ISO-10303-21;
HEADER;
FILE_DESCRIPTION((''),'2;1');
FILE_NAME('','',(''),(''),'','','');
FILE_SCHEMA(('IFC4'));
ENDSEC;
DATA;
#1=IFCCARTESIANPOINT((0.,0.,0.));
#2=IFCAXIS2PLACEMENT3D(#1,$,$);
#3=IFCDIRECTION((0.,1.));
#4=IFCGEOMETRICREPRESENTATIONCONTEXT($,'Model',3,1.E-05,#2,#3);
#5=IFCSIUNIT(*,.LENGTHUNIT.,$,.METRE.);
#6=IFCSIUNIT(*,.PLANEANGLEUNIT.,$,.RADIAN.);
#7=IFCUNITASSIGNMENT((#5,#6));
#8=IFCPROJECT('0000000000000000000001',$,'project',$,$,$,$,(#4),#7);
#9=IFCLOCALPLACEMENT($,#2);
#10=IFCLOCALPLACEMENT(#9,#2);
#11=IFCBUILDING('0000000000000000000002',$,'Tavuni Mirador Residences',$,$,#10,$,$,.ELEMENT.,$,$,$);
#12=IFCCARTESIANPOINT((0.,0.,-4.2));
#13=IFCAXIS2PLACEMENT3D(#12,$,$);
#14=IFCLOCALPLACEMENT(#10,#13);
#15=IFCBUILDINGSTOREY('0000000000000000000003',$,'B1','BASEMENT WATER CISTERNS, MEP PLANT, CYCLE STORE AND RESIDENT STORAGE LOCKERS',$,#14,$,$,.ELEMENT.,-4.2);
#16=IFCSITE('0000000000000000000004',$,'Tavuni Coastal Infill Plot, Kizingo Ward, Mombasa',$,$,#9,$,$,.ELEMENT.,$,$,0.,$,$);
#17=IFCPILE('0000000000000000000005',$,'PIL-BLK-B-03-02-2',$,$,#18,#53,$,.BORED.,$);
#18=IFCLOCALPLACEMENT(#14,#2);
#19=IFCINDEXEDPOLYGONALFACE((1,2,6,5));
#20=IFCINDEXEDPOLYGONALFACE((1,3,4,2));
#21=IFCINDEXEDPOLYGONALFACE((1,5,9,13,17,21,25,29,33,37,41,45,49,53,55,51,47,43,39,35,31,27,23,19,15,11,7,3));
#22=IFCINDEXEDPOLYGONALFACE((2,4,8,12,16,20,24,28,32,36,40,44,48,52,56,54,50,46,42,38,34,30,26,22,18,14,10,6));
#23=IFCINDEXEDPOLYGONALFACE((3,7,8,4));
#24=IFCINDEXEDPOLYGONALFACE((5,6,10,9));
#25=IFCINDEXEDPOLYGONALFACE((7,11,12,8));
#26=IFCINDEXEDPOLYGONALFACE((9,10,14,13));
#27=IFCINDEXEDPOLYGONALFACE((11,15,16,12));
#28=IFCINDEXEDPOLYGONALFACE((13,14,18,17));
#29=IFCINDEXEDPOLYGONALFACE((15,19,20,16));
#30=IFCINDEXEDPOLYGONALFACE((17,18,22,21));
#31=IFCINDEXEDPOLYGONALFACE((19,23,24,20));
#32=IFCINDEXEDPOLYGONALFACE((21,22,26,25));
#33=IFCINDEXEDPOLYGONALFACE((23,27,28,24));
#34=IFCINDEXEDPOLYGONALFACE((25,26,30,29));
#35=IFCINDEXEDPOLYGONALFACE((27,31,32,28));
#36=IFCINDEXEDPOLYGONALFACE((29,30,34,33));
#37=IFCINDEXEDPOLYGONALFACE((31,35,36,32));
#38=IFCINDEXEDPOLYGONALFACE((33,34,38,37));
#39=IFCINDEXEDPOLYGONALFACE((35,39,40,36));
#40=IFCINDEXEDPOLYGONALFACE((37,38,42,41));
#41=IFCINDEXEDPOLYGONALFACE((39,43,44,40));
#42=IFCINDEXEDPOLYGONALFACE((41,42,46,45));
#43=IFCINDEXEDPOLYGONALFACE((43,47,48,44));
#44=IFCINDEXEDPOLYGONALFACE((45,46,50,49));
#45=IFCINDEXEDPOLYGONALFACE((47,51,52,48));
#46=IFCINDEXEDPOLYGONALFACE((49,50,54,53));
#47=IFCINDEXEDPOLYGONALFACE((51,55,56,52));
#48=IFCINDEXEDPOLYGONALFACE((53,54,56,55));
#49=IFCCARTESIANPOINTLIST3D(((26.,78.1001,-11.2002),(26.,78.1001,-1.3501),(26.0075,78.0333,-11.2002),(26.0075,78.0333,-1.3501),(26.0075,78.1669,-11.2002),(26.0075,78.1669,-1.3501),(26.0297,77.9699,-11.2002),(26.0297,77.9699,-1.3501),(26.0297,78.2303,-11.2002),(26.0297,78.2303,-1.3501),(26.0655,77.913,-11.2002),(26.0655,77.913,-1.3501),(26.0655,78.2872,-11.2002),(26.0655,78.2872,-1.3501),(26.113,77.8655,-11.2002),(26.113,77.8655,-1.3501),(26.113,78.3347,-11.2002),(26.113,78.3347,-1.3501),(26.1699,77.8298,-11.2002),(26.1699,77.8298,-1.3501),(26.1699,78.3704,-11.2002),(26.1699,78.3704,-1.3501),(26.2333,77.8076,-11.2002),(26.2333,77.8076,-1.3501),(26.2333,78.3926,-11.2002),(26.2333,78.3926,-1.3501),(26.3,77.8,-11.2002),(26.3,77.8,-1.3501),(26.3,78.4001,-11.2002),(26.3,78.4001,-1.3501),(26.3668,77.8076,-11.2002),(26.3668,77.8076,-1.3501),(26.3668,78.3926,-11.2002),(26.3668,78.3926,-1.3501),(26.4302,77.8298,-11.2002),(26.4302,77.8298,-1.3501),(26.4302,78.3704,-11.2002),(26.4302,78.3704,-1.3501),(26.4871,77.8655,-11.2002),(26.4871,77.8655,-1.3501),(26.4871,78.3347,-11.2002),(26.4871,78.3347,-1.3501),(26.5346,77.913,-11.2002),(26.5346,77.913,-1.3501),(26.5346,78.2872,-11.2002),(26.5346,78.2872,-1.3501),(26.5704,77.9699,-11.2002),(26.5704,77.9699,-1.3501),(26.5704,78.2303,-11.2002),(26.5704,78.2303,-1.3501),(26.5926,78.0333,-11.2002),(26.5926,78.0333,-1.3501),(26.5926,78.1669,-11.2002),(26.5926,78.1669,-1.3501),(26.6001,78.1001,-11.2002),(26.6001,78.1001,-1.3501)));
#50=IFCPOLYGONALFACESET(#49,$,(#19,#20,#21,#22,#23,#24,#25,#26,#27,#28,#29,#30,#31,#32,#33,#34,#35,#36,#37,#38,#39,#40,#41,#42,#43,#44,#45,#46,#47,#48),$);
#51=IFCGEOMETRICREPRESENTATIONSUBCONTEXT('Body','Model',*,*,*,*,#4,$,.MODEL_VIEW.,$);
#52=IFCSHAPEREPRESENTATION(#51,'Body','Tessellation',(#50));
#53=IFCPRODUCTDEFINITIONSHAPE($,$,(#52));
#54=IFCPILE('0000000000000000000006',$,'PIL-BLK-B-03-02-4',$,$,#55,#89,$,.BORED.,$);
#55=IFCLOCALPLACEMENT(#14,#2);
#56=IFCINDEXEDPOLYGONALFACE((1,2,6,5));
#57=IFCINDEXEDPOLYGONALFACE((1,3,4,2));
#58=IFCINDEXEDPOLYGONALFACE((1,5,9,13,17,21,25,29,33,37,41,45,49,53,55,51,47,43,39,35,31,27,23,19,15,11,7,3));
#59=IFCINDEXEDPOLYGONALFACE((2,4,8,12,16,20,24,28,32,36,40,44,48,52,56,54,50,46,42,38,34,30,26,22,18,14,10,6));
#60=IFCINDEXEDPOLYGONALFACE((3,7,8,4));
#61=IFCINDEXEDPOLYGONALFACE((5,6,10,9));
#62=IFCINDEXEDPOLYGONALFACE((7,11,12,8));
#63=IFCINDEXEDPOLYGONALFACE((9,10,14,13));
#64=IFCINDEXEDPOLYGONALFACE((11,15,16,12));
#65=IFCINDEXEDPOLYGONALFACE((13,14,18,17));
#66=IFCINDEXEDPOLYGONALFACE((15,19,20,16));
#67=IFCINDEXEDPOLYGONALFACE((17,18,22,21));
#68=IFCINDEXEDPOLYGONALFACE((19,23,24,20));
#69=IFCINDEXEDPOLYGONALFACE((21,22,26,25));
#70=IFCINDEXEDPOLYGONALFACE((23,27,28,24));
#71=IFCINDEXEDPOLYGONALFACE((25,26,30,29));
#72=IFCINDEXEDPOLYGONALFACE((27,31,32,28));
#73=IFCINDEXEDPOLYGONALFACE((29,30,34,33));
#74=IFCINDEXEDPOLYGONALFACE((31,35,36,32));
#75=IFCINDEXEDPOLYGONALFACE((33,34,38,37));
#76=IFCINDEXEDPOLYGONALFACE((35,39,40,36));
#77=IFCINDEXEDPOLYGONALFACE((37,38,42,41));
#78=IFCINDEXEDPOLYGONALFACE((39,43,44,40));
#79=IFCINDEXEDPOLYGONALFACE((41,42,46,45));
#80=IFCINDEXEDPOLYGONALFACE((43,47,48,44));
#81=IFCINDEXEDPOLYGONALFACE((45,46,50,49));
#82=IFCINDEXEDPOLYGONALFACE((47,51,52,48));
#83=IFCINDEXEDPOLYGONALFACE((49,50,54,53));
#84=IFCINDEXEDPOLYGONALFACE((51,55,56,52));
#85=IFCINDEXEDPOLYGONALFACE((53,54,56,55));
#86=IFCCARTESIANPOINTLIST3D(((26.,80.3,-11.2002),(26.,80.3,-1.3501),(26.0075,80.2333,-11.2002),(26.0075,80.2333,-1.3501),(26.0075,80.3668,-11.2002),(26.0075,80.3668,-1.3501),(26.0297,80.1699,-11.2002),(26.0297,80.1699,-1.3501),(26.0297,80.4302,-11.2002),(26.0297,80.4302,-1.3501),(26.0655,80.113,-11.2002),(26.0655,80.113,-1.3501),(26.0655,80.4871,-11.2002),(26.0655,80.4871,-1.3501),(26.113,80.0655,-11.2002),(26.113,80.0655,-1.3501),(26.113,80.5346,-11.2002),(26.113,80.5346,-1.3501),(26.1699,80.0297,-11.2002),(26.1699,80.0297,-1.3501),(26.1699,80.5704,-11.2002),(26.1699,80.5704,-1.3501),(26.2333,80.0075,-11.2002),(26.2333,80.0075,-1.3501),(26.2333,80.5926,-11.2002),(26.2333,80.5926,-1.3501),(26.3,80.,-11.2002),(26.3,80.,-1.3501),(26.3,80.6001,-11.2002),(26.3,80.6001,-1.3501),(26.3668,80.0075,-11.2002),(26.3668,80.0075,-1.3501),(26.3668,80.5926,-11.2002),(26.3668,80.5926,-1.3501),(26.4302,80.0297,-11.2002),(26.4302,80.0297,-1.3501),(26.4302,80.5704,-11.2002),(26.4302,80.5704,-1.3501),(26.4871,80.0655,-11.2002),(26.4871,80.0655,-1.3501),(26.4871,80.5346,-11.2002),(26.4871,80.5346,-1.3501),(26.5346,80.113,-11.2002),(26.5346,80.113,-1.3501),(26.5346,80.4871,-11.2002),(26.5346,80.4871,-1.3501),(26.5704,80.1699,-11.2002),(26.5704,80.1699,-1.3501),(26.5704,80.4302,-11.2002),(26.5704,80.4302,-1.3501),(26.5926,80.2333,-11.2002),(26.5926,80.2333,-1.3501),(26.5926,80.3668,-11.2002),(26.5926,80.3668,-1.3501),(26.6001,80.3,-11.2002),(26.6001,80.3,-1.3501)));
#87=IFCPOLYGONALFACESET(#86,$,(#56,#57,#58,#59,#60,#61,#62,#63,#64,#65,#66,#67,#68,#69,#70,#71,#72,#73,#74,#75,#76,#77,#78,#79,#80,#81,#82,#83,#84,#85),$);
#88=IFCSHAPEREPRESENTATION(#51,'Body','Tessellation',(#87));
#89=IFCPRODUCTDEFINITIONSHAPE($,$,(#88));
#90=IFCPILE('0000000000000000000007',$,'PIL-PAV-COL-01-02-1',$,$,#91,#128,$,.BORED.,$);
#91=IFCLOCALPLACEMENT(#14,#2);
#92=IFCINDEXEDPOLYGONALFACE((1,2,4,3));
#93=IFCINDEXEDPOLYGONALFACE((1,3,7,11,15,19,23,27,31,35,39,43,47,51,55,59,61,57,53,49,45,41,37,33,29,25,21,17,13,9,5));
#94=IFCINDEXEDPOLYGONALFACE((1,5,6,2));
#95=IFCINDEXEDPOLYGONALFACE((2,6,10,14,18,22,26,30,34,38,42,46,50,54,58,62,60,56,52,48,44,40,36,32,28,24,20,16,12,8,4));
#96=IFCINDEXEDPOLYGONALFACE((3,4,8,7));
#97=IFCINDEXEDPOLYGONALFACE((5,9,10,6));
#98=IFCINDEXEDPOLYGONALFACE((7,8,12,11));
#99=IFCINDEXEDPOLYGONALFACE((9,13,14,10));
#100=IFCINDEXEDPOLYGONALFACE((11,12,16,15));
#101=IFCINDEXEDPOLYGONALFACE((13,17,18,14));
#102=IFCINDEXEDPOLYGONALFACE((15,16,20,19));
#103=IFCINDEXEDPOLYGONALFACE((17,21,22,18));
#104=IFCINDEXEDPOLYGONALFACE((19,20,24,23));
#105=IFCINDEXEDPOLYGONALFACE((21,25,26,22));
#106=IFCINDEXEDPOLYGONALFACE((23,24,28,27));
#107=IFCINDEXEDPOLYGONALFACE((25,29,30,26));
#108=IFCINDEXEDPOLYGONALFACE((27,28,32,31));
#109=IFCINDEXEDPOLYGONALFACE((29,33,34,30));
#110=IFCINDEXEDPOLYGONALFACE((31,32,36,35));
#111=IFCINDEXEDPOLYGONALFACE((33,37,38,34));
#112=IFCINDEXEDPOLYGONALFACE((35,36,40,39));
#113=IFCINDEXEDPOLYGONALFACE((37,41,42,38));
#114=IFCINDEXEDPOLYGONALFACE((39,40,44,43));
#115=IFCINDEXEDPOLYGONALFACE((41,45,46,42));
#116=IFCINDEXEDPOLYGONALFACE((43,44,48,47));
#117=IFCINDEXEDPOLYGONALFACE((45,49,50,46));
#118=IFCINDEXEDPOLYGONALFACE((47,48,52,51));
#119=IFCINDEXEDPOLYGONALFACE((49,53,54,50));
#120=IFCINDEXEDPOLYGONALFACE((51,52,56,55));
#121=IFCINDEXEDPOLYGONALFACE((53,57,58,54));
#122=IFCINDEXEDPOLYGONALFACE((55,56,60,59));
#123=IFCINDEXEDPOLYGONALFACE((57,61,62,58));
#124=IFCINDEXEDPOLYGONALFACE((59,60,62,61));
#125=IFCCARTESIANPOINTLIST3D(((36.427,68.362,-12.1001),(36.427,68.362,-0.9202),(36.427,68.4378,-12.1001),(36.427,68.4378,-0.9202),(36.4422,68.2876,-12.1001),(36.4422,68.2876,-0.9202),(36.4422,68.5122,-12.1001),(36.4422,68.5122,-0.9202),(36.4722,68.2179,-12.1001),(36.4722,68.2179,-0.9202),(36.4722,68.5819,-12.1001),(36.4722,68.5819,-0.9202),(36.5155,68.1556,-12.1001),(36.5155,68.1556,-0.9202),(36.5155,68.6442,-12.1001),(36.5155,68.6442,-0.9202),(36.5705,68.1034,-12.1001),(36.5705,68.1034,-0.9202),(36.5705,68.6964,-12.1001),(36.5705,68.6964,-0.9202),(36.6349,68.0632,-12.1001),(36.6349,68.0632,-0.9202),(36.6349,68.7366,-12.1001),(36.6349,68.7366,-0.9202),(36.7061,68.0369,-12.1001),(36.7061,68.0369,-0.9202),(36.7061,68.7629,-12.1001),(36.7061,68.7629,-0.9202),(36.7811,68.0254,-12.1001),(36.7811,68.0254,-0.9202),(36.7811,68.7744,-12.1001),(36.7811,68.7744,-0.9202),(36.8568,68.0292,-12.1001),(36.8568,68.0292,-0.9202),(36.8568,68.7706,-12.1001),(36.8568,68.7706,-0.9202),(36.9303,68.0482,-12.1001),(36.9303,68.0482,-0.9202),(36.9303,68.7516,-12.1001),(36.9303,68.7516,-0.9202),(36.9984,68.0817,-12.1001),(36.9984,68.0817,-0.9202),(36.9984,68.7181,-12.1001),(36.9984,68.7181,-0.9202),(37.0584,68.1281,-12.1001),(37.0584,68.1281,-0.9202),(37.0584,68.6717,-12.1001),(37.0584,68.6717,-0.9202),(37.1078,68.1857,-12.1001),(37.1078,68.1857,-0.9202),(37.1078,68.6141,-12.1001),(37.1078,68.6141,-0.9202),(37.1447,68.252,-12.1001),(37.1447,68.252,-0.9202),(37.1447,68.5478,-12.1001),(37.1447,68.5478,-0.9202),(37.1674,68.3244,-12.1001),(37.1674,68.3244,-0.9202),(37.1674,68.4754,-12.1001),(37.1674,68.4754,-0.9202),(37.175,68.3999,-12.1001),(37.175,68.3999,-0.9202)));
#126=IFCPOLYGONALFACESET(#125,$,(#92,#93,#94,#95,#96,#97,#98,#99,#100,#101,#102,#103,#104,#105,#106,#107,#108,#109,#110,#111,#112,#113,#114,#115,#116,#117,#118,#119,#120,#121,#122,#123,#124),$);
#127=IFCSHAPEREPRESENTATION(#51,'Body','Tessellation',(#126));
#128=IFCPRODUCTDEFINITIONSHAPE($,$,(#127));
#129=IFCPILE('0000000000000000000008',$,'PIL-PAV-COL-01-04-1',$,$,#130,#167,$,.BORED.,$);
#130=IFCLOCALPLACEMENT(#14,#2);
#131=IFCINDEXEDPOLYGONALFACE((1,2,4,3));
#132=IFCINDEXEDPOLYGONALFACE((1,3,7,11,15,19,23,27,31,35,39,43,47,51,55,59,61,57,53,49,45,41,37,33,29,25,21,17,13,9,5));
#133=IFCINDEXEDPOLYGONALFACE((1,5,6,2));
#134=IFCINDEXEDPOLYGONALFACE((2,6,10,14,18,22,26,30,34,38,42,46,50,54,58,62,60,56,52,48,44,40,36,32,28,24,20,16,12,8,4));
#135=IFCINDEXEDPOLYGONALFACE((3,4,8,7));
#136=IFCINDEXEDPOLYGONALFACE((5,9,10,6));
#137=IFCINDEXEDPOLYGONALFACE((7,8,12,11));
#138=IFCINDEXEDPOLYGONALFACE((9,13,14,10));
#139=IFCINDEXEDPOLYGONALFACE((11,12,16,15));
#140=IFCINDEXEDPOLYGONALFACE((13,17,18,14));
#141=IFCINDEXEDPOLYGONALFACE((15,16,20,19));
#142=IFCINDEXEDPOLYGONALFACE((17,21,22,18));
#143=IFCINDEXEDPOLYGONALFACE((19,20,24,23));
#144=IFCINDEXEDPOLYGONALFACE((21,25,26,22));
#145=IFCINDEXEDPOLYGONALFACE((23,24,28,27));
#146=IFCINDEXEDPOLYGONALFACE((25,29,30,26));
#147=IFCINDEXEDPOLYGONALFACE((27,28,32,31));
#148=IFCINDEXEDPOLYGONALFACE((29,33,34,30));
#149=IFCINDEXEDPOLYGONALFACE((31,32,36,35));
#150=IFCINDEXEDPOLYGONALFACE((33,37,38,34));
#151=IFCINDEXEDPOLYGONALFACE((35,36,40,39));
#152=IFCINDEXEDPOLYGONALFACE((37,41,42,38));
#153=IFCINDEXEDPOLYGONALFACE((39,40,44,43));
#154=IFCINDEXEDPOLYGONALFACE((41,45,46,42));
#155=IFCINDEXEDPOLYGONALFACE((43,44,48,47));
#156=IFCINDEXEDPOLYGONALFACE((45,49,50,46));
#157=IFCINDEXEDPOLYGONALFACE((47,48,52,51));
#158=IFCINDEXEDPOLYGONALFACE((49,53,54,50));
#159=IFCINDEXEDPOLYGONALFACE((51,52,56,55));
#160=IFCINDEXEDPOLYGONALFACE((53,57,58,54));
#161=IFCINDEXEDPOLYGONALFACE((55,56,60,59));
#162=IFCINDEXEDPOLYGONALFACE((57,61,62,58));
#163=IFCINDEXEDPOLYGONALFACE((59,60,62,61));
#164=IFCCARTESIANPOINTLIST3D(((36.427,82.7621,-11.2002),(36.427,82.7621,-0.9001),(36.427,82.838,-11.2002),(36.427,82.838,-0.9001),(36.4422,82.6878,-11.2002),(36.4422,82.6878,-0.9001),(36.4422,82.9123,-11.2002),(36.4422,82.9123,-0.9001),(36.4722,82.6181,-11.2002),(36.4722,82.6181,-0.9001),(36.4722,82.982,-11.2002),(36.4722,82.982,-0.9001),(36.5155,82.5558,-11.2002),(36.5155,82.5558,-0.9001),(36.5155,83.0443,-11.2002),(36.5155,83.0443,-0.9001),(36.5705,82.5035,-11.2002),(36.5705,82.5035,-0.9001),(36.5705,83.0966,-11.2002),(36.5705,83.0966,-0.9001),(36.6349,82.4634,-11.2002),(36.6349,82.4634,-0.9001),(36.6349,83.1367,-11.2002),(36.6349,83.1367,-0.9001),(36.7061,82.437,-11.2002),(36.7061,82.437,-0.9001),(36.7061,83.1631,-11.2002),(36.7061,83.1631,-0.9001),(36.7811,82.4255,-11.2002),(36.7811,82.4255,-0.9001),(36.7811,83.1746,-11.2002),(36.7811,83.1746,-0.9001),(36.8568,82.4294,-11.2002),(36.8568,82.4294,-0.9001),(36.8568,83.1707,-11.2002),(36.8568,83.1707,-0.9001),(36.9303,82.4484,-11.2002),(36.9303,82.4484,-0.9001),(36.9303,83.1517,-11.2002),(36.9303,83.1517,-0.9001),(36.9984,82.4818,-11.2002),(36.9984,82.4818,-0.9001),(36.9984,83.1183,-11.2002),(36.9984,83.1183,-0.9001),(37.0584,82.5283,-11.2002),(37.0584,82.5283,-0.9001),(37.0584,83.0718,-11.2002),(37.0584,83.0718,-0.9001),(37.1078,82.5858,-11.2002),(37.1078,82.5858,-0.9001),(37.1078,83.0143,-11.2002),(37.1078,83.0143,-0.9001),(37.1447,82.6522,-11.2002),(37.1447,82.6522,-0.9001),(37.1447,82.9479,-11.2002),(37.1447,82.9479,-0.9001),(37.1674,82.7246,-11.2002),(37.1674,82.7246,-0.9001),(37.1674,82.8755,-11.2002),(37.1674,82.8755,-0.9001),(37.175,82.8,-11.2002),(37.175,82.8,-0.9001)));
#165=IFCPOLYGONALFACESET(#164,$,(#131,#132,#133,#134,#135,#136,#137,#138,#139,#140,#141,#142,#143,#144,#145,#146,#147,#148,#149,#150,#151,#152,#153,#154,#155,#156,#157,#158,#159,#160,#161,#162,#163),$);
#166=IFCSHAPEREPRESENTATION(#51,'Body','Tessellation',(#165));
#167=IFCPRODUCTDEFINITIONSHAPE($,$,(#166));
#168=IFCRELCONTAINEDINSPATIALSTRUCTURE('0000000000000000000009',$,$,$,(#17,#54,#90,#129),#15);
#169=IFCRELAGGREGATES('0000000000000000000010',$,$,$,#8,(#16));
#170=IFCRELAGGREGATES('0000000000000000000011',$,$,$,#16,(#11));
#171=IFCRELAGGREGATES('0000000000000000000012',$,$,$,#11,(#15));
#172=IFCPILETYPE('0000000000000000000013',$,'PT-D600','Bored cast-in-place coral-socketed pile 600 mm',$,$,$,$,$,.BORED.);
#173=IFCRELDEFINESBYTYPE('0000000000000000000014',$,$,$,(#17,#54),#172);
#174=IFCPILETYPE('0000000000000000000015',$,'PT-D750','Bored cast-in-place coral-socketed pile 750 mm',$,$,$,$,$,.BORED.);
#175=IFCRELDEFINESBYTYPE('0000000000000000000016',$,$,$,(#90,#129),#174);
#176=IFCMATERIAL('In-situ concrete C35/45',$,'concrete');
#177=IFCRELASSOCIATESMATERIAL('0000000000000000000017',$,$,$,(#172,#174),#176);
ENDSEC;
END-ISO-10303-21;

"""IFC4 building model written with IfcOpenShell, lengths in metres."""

from ifc_helpers import new_model, si_unit, direction, frame, origin, origin_2d, place, context, subcontext, project, spatial, circle, extrude, material, material_profile, profile_set, type_object, element, save


model = new_model("IFC4")

# Units and contexts
model_context = context("Model", 3, precision=1e-05, world=origin(), true_north=direction((0.0, 1.0)))
body_context = subcontext(model_context, "Body", "Model", "MODEL_VIEW")
ifc_project = project(units=[si_unit("LENGTHUNIT", "METRE"), si_unit("PLANEANGLEUNIT", "RADIAN")], contexts=[model_context])

# Site, building, storey
site_placement = place(None, origin())
site = spatial("IfcSite", under=ifc_project, at=site_placement, Name="Tavuni Coastal Infill Plot, Kizingo Ward, Mombasa", CompositionType="ELEMENT", RefElevation=0.0)
building_placement = place(site_placement, origin())
building = spatial("IfcBuilding", under=site, at=building_placement, Name="Tavuni Mirador Residences", CompositionType="ELEMENT")
storey_placement = place(building_placement, frame((0.0, 0.0, -4.2)))
storey = spatial("IfcBuildingStorey", under=building, at=storey_placement, Name="B1", Description="BASEMENT WATER CISTERNS, MEP PLANT, CYCLE STORE AND RESIDENT STORAGE LOCKERS", CompositionType="ELEMENT", Elevation=-4.2)

# Shared definitions
ifc_material_1 = material(Name="In-situ concrete C35/45", Category="concrete")

# Piles
ifc_material_profile_1 = material_profile(ifc_material_1, circle(Radius=0.3, at=origin_2d()), Name="PILE D600", Category="concrete")
ifc_profile_set_1 = profile_set([ifc_material_profile_1], Name="In-situ concrete C35/45")
pile_type_1 = type_object("IfcPileType", Name="PT-D600", Description="Bored cast-in-place coral-socketed pile 600 mm", PredefinedType="BORED", material=ifc_profile_set_1)
for number, where, z_axis, x_axis, name in (
    (1, (26.3, 78.1001, -1.3501), (0.0, 0.0, -1.0), (1.0, 0.0, 0.0), "PIL-BLK-B-03-02-2"),
    (2, (26.3, 80.3, -1.3501), (0.0, 0.0, -1.0), (1.0, 0.0, 0.0), "PIL-BLK-B-03-02-4"),
):
    element("IfcPile", number, at=place(storey_placement, frame(where, z_axis=z_axis, x_axis=x_axis)), inside=storey, type_object=pile_type_1, Name=name, PredefinedType="BORED", context=body_context, shape_type="SweptSolid", body=[
        extrude(circle(Radius=0.3, at=origin_2d()), origin(), (0.0, 0.0, 1.0), 9.8501),
    ])
ifc_material_profile_2 = material_profile(ifc_material_1, circle(Radius=0.375, at=origin_2d()), Name="PILE D750", Category="concrete")
ifc_profile_set_2 = profile_set([ifc_material_profile_2], Name="In-situ concrete C35/45")
pile_type_2 = type_object("IfcPileType", Name="PT-D750", Description="Bored cast-in-place coral-socketed pile 750 mm", PredefinedType="BORED", material=ifc_profile_set_2)
pile_1_placement = place(storey_placement, frame((36.8, 68.3999, -0.9202), z_axis=(0.0, 0.0, -1.0), x_axis=(1.0, 0.0, 0.0)))
element("IfcPile", 3, at=pile_1_placement, inside=storey, type_object=pile_type_2, Name="PIL-PAV-COL-01-02-1", PredefinedType="BORED", context=body_context, shape_type="SweptSolid", body=[
    extrude(circle(Radius=0.375, at=origin_2d()), origin(), (0.0, 0.0, 1.0), 11.1799),
])
pile_2_placement = place(storey_placement, frame((36.8, 82.8, -0.9001), z_axis=(0.0, 0.0, -1.0), x_axis=(1.0, 0.0, 0.0)))
element("IfcPile", 4, at=pile_2_placement, inside=storey, type_object=pile_type_2, Name="PIL-PAV-COL-01-04-1", PredefinedType="BORED", context=body_context, shape_type="SweptSolid", body=[
    extrude(circle(Radius=0.375, at=origin_2d()), origin(), (0.0, 0.0, 1.0), 10.3),
])

save(model, "model.ifc")
